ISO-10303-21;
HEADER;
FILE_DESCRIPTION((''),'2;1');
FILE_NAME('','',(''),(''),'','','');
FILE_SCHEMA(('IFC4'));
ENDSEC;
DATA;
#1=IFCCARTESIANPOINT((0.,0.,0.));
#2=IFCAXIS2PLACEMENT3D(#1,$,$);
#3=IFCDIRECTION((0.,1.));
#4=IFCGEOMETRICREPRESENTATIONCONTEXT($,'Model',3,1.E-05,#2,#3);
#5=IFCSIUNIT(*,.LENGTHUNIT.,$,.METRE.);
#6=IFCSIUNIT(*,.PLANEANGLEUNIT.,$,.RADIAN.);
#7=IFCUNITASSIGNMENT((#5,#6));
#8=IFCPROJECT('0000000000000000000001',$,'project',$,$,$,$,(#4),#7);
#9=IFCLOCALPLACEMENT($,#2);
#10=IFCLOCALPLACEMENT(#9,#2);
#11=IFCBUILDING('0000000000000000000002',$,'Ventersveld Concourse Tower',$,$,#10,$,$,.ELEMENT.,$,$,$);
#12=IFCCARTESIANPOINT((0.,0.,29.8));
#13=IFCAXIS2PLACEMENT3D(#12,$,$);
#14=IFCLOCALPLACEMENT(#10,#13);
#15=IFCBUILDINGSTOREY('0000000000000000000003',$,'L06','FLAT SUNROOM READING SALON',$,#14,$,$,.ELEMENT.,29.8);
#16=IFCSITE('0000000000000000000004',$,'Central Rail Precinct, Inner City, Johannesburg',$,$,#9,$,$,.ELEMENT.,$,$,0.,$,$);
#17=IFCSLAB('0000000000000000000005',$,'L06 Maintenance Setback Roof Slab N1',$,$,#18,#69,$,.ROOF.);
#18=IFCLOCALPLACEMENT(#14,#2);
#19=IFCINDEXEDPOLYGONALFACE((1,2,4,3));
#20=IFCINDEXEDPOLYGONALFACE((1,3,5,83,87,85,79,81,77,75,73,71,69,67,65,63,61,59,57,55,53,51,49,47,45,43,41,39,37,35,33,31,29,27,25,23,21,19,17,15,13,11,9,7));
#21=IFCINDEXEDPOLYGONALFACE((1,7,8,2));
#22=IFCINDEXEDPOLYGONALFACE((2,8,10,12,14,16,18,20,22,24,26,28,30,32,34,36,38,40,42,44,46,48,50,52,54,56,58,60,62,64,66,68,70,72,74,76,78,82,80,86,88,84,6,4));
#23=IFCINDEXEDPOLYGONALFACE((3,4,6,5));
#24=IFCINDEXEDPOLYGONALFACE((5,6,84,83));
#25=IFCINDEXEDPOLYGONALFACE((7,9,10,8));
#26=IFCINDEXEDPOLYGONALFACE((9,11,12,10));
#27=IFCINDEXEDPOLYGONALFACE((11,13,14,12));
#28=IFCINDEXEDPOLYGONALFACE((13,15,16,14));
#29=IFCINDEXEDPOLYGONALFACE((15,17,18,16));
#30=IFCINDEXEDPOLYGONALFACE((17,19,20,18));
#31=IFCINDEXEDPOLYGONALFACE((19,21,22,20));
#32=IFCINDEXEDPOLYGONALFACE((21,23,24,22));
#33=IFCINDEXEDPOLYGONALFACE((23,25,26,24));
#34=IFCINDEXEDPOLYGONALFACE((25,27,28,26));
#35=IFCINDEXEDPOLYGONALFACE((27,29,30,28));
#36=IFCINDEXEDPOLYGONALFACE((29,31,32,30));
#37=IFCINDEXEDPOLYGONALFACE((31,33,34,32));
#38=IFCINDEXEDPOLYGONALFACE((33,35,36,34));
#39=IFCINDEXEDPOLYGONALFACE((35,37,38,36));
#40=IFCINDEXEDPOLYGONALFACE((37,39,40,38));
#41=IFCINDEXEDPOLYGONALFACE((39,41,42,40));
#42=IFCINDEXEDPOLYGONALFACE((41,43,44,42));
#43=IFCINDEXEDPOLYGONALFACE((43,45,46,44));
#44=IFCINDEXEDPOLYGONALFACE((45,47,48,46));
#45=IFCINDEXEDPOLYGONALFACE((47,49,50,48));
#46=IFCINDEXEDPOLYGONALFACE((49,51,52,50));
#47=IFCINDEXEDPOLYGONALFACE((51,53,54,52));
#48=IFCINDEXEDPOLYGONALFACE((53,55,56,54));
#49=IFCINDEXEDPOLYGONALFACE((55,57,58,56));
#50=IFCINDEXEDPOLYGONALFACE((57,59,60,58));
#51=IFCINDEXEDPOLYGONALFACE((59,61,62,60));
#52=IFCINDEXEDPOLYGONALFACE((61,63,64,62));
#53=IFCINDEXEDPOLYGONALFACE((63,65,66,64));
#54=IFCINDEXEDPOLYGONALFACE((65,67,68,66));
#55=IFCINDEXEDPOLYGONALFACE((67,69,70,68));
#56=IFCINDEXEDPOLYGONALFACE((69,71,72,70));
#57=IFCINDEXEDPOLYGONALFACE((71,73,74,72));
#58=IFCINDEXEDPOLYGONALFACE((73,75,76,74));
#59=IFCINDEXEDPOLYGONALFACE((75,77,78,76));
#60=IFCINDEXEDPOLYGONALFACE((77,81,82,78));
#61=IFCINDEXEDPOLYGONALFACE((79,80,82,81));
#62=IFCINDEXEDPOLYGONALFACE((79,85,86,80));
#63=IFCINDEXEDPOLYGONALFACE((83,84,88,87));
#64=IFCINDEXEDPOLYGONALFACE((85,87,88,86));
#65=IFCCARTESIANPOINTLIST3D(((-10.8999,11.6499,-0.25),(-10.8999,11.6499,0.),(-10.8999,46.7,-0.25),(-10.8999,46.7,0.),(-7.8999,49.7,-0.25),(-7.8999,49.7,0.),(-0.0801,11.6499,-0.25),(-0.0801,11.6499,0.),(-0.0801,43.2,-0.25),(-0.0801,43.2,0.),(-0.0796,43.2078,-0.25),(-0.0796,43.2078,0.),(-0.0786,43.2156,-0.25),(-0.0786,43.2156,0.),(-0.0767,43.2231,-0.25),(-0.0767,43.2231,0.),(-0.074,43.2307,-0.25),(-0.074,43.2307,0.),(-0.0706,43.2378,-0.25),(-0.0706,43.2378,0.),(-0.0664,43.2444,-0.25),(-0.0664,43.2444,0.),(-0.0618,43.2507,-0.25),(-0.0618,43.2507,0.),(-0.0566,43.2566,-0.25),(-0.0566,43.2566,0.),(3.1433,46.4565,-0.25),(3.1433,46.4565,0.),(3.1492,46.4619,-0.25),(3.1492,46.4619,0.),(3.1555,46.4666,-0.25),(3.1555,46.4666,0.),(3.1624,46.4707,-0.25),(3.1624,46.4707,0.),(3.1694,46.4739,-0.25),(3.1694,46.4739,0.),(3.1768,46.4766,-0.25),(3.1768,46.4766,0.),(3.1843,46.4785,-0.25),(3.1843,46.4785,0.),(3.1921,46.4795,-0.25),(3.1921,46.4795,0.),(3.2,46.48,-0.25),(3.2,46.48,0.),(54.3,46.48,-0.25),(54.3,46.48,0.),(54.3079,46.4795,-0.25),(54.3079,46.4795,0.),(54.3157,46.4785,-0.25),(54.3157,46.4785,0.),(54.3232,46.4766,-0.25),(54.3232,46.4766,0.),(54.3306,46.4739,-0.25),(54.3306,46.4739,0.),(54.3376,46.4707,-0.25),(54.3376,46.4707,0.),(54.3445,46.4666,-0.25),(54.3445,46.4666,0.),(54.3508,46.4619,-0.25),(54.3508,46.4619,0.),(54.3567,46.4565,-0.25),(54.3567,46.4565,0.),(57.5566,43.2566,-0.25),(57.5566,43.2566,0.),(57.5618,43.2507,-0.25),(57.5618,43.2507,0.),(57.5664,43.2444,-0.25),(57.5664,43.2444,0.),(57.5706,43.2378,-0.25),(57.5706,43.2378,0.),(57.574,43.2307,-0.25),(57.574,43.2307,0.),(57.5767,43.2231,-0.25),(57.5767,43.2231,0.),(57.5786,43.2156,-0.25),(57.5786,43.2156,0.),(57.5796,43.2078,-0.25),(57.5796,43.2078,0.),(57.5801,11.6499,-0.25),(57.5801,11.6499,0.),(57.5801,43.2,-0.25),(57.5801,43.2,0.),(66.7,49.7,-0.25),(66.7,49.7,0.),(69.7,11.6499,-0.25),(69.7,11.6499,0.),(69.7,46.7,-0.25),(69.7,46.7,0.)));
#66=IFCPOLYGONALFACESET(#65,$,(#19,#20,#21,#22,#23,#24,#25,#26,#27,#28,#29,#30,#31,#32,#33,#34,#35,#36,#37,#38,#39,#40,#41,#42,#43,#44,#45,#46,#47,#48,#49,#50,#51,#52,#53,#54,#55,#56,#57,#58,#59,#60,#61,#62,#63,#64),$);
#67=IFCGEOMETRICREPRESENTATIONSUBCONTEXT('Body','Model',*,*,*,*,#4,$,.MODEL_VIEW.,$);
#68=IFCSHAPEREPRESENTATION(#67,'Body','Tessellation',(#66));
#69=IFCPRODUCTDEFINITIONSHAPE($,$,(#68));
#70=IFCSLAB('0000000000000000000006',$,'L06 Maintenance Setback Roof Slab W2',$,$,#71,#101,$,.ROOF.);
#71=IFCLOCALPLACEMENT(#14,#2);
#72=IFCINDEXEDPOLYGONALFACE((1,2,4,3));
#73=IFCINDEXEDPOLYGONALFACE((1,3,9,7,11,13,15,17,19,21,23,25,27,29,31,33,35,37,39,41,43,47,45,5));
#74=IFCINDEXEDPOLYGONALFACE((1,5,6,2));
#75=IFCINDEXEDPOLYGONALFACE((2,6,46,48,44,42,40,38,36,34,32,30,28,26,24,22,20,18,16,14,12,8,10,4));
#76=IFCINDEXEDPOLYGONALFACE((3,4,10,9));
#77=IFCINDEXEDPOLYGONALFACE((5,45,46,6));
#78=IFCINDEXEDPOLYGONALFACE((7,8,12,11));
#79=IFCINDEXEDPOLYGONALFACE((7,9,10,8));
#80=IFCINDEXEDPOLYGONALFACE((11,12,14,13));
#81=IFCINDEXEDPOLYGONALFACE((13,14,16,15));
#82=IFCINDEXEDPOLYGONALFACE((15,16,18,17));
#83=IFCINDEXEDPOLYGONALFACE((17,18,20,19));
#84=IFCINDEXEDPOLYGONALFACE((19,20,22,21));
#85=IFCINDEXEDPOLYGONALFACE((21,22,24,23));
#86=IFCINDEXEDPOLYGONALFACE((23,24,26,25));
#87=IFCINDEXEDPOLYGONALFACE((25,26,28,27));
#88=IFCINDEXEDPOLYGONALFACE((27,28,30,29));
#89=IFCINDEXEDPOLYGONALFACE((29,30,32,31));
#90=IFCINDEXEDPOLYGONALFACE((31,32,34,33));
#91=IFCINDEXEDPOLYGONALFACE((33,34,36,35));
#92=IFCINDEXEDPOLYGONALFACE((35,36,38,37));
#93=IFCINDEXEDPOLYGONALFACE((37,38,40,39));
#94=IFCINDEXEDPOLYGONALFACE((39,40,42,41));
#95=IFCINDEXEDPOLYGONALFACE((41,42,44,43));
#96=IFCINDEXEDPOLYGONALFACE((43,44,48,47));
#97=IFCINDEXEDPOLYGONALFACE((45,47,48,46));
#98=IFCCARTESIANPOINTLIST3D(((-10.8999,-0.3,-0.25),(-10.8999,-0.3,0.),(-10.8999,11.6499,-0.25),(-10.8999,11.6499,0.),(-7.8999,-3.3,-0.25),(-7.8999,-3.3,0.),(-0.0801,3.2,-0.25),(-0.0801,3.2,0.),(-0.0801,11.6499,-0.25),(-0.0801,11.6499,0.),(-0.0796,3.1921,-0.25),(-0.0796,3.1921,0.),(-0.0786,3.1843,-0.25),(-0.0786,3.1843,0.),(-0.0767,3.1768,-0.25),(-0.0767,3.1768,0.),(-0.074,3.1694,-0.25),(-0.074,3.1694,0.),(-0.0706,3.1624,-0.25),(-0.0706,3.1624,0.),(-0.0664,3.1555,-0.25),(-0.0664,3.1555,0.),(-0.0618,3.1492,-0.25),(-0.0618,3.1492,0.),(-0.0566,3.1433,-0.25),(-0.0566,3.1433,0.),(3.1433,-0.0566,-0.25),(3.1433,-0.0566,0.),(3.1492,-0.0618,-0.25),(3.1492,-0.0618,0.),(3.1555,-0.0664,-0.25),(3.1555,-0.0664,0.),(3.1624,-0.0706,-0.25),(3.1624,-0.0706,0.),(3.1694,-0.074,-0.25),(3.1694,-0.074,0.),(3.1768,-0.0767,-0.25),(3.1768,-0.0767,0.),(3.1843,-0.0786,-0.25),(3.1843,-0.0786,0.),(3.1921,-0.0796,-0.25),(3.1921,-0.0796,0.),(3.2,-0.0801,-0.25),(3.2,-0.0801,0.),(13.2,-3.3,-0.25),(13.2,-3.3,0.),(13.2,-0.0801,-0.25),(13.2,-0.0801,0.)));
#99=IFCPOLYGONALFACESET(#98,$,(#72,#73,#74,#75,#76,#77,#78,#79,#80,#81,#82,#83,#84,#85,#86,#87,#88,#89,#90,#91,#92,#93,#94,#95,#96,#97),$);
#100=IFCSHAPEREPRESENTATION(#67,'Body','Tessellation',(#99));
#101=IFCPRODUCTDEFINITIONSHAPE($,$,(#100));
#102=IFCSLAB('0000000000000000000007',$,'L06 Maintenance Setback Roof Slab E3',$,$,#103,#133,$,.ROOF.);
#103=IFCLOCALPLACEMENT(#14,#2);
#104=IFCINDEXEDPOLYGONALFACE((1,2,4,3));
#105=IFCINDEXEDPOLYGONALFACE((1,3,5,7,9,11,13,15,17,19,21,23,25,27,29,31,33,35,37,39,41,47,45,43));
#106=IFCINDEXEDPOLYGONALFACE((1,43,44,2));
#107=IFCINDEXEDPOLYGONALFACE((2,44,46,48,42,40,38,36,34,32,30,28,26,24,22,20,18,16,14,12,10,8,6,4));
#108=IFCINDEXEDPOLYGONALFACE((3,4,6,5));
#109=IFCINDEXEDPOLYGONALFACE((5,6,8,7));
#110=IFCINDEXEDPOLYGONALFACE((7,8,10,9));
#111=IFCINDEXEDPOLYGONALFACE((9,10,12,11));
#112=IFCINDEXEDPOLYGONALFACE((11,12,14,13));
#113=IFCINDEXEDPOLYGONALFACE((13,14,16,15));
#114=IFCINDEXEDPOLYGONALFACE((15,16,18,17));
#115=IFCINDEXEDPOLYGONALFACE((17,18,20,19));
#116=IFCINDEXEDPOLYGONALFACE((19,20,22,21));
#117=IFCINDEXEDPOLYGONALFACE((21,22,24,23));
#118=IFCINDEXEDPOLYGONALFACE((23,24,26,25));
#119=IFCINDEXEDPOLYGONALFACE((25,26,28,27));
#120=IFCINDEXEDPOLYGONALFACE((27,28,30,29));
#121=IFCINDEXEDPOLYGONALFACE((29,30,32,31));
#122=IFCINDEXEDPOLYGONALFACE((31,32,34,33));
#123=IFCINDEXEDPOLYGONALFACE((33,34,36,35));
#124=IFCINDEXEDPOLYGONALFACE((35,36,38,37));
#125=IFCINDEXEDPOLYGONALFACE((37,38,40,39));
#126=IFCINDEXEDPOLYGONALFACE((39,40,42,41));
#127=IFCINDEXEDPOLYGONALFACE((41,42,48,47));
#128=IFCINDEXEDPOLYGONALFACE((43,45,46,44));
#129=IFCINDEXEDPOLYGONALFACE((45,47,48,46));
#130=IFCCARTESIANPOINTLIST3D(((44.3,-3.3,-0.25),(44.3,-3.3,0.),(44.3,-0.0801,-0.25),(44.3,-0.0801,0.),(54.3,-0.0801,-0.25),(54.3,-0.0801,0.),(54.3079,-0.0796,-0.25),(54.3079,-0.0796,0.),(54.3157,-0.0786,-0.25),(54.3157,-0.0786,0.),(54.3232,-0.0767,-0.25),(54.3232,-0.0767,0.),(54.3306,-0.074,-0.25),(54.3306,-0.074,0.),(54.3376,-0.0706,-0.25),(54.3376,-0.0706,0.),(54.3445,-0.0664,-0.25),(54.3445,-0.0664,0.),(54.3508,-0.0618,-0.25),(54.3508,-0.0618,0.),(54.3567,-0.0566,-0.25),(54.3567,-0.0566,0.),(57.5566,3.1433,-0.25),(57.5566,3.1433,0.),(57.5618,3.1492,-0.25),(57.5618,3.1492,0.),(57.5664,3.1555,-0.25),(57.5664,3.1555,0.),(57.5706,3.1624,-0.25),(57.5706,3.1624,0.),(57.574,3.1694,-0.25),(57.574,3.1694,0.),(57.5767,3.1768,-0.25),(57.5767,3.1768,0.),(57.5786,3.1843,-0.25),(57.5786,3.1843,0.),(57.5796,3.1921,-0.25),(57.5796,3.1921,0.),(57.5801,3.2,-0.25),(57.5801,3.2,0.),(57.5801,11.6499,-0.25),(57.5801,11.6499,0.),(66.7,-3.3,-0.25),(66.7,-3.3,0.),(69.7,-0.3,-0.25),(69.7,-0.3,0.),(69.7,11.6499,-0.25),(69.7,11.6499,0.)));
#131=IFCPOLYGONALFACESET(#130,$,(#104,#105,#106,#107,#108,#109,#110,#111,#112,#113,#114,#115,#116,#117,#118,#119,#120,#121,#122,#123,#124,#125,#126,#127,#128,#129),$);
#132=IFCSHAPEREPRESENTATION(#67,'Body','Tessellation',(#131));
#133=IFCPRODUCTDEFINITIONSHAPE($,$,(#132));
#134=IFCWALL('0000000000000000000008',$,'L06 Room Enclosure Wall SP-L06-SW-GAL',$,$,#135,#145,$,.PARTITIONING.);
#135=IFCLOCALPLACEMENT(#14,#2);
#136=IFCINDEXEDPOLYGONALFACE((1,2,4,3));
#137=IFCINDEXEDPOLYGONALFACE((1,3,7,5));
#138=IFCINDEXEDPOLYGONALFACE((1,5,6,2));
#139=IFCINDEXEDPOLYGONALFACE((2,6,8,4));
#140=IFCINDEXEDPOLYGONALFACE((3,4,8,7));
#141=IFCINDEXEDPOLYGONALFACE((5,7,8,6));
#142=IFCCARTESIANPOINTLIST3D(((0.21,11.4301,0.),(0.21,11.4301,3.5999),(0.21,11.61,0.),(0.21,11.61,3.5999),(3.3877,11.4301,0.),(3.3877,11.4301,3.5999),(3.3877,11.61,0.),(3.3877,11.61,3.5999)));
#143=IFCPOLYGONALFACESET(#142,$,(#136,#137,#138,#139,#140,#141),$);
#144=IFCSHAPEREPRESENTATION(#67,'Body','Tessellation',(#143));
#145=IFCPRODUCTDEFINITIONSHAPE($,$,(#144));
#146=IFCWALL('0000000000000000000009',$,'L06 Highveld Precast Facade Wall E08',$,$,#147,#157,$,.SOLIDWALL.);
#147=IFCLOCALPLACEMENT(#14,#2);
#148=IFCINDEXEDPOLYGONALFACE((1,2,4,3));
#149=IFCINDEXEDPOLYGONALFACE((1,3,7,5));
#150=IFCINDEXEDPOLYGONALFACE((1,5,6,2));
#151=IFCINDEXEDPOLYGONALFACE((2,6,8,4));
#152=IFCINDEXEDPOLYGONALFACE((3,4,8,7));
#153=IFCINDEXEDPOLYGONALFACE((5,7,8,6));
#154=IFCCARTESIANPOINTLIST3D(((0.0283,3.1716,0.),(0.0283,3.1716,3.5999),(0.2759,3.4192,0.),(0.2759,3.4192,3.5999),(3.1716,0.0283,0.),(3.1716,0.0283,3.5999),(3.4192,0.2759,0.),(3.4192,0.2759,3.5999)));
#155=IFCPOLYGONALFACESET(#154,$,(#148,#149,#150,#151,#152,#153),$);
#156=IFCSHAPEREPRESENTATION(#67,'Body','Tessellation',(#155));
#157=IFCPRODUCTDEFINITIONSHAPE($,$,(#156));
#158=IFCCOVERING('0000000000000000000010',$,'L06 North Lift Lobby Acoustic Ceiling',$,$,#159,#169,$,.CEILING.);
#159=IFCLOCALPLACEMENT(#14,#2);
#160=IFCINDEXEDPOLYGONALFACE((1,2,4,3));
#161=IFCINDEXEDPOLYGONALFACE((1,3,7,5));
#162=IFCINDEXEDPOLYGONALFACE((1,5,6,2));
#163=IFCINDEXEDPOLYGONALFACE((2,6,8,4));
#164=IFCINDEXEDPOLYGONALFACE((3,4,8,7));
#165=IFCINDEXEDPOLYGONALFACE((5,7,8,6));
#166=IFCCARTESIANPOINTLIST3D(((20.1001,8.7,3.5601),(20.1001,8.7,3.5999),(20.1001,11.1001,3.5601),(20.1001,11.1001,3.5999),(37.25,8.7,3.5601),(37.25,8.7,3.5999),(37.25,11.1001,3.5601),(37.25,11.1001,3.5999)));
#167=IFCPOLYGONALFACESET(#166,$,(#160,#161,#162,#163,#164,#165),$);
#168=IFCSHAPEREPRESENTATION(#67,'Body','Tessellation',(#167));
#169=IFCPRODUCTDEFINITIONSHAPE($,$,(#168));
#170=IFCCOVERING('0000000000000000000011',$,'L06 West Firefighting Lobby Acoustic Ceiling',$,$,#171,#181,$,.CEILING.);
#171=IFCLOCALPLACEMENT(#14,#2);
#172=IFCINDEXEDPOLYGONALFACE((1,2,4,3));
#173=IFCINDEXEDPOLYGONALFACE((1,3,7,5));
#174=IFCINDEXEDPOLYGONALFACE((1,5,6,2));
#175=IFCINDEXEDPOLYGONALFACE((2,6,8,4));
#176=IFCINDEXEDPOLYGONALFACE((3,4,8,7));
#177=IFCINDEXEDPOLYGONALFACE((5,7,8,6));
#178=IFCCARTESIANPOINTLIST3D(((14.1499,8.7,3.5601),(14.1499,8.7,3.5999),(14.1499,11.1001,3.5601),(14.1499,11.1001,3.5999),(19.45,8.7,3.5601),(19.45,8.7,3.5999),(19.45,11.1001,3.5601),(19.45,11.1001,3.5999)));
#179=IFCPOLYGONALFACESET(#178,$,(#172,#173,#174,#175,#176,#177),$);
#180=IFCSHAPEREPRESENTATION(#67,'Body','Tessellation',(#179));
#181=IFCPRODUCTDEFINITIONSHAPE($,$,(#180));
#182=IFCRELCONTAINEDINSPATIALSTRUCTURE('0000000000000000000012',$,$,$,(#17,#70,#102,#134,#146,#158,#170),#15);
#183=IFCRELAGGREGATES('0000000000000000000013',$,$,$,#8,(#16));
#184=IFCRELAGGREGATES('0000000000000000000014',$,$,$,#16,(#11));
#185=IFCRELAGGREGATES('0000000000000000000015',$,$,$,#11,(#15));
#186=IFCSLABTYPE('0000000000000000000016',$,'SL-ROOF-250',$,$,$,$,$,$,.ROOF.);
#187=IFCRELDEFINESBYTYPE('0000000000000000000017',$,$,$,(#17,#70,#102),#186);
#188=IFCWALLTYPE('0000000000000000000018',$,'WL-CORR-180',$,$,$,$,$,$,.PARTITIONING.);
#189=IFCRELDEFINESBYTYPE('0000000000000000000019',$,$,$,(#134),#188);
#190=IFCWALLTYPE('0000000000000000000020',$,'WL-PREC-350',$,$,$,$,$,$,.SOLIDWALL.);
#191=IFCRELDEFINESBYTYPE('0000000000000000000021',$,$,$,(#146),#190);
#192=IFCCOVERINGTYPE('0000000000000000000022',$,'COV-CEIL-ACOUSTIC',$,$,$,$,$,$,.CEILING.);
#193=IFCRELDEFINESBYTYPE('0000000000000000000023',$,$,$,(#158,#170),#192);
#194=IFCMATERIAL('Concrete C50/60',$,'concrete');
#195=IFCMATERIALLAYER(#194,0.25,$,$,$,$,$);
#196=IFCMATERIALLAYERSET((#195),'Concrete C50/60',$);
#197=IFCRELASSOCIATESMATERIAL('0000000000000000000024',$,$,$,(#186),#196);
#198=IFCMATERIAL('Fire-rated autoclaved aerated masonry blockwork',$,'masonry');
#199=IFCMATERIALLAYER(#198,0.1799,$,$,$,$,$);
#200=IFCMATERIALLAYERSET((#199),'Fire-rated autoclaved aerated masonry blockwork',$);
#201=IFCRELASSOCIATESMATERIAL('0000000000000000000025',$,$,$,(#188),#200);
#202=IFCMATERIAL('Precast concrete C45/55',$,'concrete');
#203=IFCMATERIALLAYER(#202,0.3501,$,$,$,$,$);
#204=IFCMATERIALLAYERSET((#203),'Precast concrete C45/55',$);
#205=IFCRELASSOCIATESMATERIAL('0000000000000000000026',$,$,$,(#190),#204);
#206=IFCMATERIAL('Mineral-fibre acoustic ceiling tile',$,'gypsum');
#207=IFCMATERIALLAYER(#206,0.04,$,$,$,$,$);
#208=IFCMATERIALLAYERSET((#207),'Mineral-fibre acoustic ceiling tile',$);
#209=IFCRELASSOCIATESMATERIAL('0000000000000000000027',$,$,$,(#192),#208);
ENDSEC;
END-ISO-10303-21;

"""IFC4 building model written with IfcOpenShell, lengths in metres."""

from ifc_helpers import new_model, si_unit, direction, frame, frame_2d, origin, place, context, subcontext, project, spatial, polyline, rectangle, outline, extrude, material, layer, layer_set, type_object, element, save


model = new_model("IFC4")

# Units and contexts
model_context = context("Model", 3, precision=1e-05, world=origin(), true_north=direction((0.0, 1.0)))
body_context = subcontext(model_context, "Body", "Model", "MODEL_VIEW")
ifc_project = project(units=[si_unit("LENGTHUNIT", "METRE"), si_unit("PLANEANGLEUNIT", "RADIAN")], contexts=[model_context])

# Site, building, storey
site_placement = place(None, origin())
site = spatial("IfcSite", under=ifc_project, at=site_placement, Name="Central Rail Precinct, Inner City, Johannesburg", CompositionType="ELEMENT", RefElevation=0.0)
building_placement = place(site_placement, origin())
building = spatial("IfcBuilding", under=site, at=building_placement, Name="Ventersveld Concourse Tower", CompositionType="ELEMENT")
storey_placement = place(building_placement, frame((0.0, 0.0, 29.8)))
storey = spatial("IfcBuildingStorey", under=building, at=storey_placement, Name="L06", Description="FLAT SUNROOM READING SALON", CompositionType="ELEMENT", Elevation=29.8)

# Shared definitions
ifc_material_1 = material(Name="Concrete C50/60", Category="concrete")

# Slabs
ifc_layer_1 = layer(ifc_material_1, 0.25)
ifc_layer_set_1 = layer_set([ifc_layer_1], Name="Concrete C50/60")
slab_type_1 = type_object("IfcSlabType", Name="SL-ROOF-250", PredefinedType="ROOF", material=ifc_layer_set_1)
slab_1_placement = place(storey_placement, frame((0.0, 0.0, -0.25)))
element("IfcSlab", 1, at=slab_1_placement, inside=storey, type_object=slab_type_1, Name="L06 Maintenance Setback Roof Slab N1", PredefinedType="ROOF", context=body_context, shape_type="SweptSolid", body=[
    extrude(outline(polyline([(-10.8999, 46.7), (-7.8999, 49.7), (66.7, 49.7), (69.7, 46.7), (69.7, 11.6499), (57.5801, 11.6499), (57.5801, 43.2), (57.5796, 43.2078), (57.5786, 43.2156), (57.5767, 43.2231), (57.574, 43.2307), (57.5706, 43.2378), (57.5664, 43.2444), (57.5618, 43.2507), (57.5566, 43.2566), (54.3567, 46.4565), (54.3508, 46.4619), (54.3445, 46.4666), (54.3376, 46.4707), (54.3306, 46.4739), (54.3232, 46.4766), (54.3157, 46.4785), (54.3079, 46.4795), (54.3, 46.48), (3.2, 46.48), (3.1921, 46.4795), (3.1843, 46.4785), (3.1768, 46.4766), (3.1694, 46.4739), (3.1624, 46.4707), (3.1555, 46.4666), (3.1492, 46.4619), (3.1433, 46.4565), (-0.0566, 43.2566), (-0.0618, 43.2507), (-0.0664, 43.2444), (-0.0706, 43.2378), (-0.074, 43.2307), (-0.0767, 43.2231), (-0.0786, 43.2156), (-0.0796, 43.2078), (-0.0801, 43.2), (-0.0801, 11.6499), (-10.8999, 11.6499), (-10.8999, 46.7)])), origin(), (0.0, 0.0, 1.0), 0.25),
])
slab_2_placement = place(storey_placement, frame((0.0, 0.0, -0.25)))
element("IfcSlab", 2, at=slab_2_placement, inside=storey, type_object=slab_type_1, Name="L06 Maintenance Setback Roof Slab W2", PredefinedType="ROOF", context=body_context, shape_type="SweptSolid", body=[
    extrude(outline(polyline([(-10.8999, 11.6499), (-0.0801, 11.6499), (-0.0801, 3.2), (-0.0796, 3.1921), (-0.0786, 3.1843), (-0.0767, 3.1768), (-0.074, 3.1694), (-0.0706, 3.1624), (-0.0664, 3.1555), (-0.0618, 3.1492), (-0.0566, 3.1433), (3.1433, -0.0566), (3.1492, -0.0618), (3.1555, -0.0664), (3.1624, -0.0706), (3.1694, -0.074), (3.1768, -0.0767), (3.1843, -0.0786), (3.1921, -0.0796), (3.2, -0.0801), (13.2, -0.0801), (13.2, -3.3), (-7.8999, -3.3), (-10.8999, -0.3), (-10.8999, 11.6499)])), origin(), (0.0, 0.0, 1.0), 0.25),
])
slab_3_placement = place(storey_placement, frame((0.0, 0.0, -0.25)))
element("IfcSlab", 3, at=slab_3_placement, inside=storey, type_object=slab_type_1, Name="L06 Maintenance Setback Roof Slab E3", PredefinedType="ROOF", context=body_context, shape_type="SweptSolid", body=[
    extrude(outline(polyline([(69.7, -0.3), (66.7, -3.3), (44.3, -3.3), (44.3, -0.0801), (54.3, -0.0801), (54.3079, -0.0796), (54.3157, -0.0786), (54.3232, -0.0767), (54.3306, -0.074), (54.3376, -0.0706), (54.3445, -0.0664), (54.3508, -0.0618), (54.3567, -0.0566), (57.5566, 3.1433), (57.5618, 3.1492), (57.5664, 3.1555), (57.5706, 3.1624), (57.574, 3.1694), (57.5767, 3.1768), (57.5786, 3.1843), (57.5796, 3.1921), (57.5801, 3.2), (57.5801, 11.6499), (69.7, 11.6499), (69.7, -0.3)])), origin(), (0.0, 0.0, 1.0), 0.25),
])

# Walls
ifc_material_2 = material(Name="Fire-rated autoclaved aerated masonry blockwork", Category="masonry")
ifc_layer_2 = layer(ifc_material_2, 0.1799)
ifc_layer_set_2 = layer_set([ifc_layer_2], Name="Fire-rated autoclaved aerated masonry blockwork")
wall_type_1 = type_object("IfcWallType", Name="WL-CORR-180", PredefinedType="PARTITIONING", material=ifc_layer_set_2)
wall_1_placement = place(storey_placement, frame((0.21, 11.52, 0.0), z_axis=(0.0, 0.0, 1.0), x_axis=(1.0, 0.0, 0.0)))
element("IfcWall", 4, at=wall_1_placement, inside=storey, type_object=wall_type_1, Name="L06 Room Enclosure Wall SP-L06-SW-GAL", PredefinedType="PARTITIONING", context=body_context, shape_type="SweptSolid", body=[
    extrude(rectangle(XDim=3.1777, YDim=0.1799, at=frame_2d((1.5889, 0.0))), origin(), (0.0, 0.0, 1.0), 3.5999),
])
ifc_material_3 = material(Name="Precast concrete C45/55", Category="concrete")
ifc_layer_3 = layer(ifc_material_3, 0.3501)
ifc_layer_set_3 = layer_set([ifc_layer_3], Name="Precast concrete C45/55")
wall_type_2 = type_object("IfcWallType", Name="WL-PREC-350", PredefinedType="SOLIDWALL", material=ifc_layer_set_3)
wall_2_placement = place(storey_placement, frame((0.1521, 3.2954, 0.0), z_axis=(0.0, 0.0, 1.0), x_axis=(0.707107, -0.707107, 0.0)))
element("IfcWall", 5, at=wall_2_placement, inside=storey, type_object=wall_type_2, Name="L06 Highveld Precast Facade Wall E08", PredefinedType="SOLIDWALL", context=body_context, shape_type="SweptSolid", body=[
    extrude(rectangle(XDim=4.4453, YDim=0.3501, at=frame_2d((2.2227, 0.0))), origin(), (0.0, 0.0, 1.0), 3.5999),
])

# Coverings
ifc_material_4 = material(Name="Mineral-fibre acoustic ceiling tile", Category="gypsum")
ifc_layer_4 = layer(ifc_material_4, 0.04)
ifc_layer_set_4 = layer_set([ifc_layer_4], Name="Mineral-fibre acoustic ceiling tile")
covering_type_1 = type_object("IfcCoveringType", Name="COV-CEIL-ACOUSTIC", PredefinedType="CEILING", material=ifc_layer_set_4)
covering_1_placement = place(storey_placement, frame((0.0, 0.0, 3.5601)))
element("IfcCovering", 6, at=covering_1_placement, inside=storey, type_object=covering_type_1, Name="L06 North Lift Lobby Acoustic Ceiling", PredefinedType="CEILING", context=body_context, shape_type="SweptSolid", body=[
    extrude(outline(polyline([(20.1001, 8.7), (37.25, 8.7), (37.25, 11.1001), (20.1001, 11.1001), (20.1001, 8.7)])), origin(), (0.0, 0.0, 1.0), 0.0398),
])
covering_2_placement = place(storey_placement, frame((0.0, 0.0, 3.5601)))
element("IfcCovering", 7, at=covering_2_placement, inside=storey, type_object=covering_type_1, Name="L06 West Firefighting Lobby Acoustic Ceiling", PredefinedType="CEILING", context=body_context, shape_type="SweptSolid", body=[
    extrude(outline(polyline([(14.1499, 8.7), (19.45, 8.7), (19.45, 11.1001), (14.1499, 11.1001), (14.1499, 8.7)])), origin(), (0.0, 0.0, 1.0), 0.0398),
])

save(model, "model.ifc")
